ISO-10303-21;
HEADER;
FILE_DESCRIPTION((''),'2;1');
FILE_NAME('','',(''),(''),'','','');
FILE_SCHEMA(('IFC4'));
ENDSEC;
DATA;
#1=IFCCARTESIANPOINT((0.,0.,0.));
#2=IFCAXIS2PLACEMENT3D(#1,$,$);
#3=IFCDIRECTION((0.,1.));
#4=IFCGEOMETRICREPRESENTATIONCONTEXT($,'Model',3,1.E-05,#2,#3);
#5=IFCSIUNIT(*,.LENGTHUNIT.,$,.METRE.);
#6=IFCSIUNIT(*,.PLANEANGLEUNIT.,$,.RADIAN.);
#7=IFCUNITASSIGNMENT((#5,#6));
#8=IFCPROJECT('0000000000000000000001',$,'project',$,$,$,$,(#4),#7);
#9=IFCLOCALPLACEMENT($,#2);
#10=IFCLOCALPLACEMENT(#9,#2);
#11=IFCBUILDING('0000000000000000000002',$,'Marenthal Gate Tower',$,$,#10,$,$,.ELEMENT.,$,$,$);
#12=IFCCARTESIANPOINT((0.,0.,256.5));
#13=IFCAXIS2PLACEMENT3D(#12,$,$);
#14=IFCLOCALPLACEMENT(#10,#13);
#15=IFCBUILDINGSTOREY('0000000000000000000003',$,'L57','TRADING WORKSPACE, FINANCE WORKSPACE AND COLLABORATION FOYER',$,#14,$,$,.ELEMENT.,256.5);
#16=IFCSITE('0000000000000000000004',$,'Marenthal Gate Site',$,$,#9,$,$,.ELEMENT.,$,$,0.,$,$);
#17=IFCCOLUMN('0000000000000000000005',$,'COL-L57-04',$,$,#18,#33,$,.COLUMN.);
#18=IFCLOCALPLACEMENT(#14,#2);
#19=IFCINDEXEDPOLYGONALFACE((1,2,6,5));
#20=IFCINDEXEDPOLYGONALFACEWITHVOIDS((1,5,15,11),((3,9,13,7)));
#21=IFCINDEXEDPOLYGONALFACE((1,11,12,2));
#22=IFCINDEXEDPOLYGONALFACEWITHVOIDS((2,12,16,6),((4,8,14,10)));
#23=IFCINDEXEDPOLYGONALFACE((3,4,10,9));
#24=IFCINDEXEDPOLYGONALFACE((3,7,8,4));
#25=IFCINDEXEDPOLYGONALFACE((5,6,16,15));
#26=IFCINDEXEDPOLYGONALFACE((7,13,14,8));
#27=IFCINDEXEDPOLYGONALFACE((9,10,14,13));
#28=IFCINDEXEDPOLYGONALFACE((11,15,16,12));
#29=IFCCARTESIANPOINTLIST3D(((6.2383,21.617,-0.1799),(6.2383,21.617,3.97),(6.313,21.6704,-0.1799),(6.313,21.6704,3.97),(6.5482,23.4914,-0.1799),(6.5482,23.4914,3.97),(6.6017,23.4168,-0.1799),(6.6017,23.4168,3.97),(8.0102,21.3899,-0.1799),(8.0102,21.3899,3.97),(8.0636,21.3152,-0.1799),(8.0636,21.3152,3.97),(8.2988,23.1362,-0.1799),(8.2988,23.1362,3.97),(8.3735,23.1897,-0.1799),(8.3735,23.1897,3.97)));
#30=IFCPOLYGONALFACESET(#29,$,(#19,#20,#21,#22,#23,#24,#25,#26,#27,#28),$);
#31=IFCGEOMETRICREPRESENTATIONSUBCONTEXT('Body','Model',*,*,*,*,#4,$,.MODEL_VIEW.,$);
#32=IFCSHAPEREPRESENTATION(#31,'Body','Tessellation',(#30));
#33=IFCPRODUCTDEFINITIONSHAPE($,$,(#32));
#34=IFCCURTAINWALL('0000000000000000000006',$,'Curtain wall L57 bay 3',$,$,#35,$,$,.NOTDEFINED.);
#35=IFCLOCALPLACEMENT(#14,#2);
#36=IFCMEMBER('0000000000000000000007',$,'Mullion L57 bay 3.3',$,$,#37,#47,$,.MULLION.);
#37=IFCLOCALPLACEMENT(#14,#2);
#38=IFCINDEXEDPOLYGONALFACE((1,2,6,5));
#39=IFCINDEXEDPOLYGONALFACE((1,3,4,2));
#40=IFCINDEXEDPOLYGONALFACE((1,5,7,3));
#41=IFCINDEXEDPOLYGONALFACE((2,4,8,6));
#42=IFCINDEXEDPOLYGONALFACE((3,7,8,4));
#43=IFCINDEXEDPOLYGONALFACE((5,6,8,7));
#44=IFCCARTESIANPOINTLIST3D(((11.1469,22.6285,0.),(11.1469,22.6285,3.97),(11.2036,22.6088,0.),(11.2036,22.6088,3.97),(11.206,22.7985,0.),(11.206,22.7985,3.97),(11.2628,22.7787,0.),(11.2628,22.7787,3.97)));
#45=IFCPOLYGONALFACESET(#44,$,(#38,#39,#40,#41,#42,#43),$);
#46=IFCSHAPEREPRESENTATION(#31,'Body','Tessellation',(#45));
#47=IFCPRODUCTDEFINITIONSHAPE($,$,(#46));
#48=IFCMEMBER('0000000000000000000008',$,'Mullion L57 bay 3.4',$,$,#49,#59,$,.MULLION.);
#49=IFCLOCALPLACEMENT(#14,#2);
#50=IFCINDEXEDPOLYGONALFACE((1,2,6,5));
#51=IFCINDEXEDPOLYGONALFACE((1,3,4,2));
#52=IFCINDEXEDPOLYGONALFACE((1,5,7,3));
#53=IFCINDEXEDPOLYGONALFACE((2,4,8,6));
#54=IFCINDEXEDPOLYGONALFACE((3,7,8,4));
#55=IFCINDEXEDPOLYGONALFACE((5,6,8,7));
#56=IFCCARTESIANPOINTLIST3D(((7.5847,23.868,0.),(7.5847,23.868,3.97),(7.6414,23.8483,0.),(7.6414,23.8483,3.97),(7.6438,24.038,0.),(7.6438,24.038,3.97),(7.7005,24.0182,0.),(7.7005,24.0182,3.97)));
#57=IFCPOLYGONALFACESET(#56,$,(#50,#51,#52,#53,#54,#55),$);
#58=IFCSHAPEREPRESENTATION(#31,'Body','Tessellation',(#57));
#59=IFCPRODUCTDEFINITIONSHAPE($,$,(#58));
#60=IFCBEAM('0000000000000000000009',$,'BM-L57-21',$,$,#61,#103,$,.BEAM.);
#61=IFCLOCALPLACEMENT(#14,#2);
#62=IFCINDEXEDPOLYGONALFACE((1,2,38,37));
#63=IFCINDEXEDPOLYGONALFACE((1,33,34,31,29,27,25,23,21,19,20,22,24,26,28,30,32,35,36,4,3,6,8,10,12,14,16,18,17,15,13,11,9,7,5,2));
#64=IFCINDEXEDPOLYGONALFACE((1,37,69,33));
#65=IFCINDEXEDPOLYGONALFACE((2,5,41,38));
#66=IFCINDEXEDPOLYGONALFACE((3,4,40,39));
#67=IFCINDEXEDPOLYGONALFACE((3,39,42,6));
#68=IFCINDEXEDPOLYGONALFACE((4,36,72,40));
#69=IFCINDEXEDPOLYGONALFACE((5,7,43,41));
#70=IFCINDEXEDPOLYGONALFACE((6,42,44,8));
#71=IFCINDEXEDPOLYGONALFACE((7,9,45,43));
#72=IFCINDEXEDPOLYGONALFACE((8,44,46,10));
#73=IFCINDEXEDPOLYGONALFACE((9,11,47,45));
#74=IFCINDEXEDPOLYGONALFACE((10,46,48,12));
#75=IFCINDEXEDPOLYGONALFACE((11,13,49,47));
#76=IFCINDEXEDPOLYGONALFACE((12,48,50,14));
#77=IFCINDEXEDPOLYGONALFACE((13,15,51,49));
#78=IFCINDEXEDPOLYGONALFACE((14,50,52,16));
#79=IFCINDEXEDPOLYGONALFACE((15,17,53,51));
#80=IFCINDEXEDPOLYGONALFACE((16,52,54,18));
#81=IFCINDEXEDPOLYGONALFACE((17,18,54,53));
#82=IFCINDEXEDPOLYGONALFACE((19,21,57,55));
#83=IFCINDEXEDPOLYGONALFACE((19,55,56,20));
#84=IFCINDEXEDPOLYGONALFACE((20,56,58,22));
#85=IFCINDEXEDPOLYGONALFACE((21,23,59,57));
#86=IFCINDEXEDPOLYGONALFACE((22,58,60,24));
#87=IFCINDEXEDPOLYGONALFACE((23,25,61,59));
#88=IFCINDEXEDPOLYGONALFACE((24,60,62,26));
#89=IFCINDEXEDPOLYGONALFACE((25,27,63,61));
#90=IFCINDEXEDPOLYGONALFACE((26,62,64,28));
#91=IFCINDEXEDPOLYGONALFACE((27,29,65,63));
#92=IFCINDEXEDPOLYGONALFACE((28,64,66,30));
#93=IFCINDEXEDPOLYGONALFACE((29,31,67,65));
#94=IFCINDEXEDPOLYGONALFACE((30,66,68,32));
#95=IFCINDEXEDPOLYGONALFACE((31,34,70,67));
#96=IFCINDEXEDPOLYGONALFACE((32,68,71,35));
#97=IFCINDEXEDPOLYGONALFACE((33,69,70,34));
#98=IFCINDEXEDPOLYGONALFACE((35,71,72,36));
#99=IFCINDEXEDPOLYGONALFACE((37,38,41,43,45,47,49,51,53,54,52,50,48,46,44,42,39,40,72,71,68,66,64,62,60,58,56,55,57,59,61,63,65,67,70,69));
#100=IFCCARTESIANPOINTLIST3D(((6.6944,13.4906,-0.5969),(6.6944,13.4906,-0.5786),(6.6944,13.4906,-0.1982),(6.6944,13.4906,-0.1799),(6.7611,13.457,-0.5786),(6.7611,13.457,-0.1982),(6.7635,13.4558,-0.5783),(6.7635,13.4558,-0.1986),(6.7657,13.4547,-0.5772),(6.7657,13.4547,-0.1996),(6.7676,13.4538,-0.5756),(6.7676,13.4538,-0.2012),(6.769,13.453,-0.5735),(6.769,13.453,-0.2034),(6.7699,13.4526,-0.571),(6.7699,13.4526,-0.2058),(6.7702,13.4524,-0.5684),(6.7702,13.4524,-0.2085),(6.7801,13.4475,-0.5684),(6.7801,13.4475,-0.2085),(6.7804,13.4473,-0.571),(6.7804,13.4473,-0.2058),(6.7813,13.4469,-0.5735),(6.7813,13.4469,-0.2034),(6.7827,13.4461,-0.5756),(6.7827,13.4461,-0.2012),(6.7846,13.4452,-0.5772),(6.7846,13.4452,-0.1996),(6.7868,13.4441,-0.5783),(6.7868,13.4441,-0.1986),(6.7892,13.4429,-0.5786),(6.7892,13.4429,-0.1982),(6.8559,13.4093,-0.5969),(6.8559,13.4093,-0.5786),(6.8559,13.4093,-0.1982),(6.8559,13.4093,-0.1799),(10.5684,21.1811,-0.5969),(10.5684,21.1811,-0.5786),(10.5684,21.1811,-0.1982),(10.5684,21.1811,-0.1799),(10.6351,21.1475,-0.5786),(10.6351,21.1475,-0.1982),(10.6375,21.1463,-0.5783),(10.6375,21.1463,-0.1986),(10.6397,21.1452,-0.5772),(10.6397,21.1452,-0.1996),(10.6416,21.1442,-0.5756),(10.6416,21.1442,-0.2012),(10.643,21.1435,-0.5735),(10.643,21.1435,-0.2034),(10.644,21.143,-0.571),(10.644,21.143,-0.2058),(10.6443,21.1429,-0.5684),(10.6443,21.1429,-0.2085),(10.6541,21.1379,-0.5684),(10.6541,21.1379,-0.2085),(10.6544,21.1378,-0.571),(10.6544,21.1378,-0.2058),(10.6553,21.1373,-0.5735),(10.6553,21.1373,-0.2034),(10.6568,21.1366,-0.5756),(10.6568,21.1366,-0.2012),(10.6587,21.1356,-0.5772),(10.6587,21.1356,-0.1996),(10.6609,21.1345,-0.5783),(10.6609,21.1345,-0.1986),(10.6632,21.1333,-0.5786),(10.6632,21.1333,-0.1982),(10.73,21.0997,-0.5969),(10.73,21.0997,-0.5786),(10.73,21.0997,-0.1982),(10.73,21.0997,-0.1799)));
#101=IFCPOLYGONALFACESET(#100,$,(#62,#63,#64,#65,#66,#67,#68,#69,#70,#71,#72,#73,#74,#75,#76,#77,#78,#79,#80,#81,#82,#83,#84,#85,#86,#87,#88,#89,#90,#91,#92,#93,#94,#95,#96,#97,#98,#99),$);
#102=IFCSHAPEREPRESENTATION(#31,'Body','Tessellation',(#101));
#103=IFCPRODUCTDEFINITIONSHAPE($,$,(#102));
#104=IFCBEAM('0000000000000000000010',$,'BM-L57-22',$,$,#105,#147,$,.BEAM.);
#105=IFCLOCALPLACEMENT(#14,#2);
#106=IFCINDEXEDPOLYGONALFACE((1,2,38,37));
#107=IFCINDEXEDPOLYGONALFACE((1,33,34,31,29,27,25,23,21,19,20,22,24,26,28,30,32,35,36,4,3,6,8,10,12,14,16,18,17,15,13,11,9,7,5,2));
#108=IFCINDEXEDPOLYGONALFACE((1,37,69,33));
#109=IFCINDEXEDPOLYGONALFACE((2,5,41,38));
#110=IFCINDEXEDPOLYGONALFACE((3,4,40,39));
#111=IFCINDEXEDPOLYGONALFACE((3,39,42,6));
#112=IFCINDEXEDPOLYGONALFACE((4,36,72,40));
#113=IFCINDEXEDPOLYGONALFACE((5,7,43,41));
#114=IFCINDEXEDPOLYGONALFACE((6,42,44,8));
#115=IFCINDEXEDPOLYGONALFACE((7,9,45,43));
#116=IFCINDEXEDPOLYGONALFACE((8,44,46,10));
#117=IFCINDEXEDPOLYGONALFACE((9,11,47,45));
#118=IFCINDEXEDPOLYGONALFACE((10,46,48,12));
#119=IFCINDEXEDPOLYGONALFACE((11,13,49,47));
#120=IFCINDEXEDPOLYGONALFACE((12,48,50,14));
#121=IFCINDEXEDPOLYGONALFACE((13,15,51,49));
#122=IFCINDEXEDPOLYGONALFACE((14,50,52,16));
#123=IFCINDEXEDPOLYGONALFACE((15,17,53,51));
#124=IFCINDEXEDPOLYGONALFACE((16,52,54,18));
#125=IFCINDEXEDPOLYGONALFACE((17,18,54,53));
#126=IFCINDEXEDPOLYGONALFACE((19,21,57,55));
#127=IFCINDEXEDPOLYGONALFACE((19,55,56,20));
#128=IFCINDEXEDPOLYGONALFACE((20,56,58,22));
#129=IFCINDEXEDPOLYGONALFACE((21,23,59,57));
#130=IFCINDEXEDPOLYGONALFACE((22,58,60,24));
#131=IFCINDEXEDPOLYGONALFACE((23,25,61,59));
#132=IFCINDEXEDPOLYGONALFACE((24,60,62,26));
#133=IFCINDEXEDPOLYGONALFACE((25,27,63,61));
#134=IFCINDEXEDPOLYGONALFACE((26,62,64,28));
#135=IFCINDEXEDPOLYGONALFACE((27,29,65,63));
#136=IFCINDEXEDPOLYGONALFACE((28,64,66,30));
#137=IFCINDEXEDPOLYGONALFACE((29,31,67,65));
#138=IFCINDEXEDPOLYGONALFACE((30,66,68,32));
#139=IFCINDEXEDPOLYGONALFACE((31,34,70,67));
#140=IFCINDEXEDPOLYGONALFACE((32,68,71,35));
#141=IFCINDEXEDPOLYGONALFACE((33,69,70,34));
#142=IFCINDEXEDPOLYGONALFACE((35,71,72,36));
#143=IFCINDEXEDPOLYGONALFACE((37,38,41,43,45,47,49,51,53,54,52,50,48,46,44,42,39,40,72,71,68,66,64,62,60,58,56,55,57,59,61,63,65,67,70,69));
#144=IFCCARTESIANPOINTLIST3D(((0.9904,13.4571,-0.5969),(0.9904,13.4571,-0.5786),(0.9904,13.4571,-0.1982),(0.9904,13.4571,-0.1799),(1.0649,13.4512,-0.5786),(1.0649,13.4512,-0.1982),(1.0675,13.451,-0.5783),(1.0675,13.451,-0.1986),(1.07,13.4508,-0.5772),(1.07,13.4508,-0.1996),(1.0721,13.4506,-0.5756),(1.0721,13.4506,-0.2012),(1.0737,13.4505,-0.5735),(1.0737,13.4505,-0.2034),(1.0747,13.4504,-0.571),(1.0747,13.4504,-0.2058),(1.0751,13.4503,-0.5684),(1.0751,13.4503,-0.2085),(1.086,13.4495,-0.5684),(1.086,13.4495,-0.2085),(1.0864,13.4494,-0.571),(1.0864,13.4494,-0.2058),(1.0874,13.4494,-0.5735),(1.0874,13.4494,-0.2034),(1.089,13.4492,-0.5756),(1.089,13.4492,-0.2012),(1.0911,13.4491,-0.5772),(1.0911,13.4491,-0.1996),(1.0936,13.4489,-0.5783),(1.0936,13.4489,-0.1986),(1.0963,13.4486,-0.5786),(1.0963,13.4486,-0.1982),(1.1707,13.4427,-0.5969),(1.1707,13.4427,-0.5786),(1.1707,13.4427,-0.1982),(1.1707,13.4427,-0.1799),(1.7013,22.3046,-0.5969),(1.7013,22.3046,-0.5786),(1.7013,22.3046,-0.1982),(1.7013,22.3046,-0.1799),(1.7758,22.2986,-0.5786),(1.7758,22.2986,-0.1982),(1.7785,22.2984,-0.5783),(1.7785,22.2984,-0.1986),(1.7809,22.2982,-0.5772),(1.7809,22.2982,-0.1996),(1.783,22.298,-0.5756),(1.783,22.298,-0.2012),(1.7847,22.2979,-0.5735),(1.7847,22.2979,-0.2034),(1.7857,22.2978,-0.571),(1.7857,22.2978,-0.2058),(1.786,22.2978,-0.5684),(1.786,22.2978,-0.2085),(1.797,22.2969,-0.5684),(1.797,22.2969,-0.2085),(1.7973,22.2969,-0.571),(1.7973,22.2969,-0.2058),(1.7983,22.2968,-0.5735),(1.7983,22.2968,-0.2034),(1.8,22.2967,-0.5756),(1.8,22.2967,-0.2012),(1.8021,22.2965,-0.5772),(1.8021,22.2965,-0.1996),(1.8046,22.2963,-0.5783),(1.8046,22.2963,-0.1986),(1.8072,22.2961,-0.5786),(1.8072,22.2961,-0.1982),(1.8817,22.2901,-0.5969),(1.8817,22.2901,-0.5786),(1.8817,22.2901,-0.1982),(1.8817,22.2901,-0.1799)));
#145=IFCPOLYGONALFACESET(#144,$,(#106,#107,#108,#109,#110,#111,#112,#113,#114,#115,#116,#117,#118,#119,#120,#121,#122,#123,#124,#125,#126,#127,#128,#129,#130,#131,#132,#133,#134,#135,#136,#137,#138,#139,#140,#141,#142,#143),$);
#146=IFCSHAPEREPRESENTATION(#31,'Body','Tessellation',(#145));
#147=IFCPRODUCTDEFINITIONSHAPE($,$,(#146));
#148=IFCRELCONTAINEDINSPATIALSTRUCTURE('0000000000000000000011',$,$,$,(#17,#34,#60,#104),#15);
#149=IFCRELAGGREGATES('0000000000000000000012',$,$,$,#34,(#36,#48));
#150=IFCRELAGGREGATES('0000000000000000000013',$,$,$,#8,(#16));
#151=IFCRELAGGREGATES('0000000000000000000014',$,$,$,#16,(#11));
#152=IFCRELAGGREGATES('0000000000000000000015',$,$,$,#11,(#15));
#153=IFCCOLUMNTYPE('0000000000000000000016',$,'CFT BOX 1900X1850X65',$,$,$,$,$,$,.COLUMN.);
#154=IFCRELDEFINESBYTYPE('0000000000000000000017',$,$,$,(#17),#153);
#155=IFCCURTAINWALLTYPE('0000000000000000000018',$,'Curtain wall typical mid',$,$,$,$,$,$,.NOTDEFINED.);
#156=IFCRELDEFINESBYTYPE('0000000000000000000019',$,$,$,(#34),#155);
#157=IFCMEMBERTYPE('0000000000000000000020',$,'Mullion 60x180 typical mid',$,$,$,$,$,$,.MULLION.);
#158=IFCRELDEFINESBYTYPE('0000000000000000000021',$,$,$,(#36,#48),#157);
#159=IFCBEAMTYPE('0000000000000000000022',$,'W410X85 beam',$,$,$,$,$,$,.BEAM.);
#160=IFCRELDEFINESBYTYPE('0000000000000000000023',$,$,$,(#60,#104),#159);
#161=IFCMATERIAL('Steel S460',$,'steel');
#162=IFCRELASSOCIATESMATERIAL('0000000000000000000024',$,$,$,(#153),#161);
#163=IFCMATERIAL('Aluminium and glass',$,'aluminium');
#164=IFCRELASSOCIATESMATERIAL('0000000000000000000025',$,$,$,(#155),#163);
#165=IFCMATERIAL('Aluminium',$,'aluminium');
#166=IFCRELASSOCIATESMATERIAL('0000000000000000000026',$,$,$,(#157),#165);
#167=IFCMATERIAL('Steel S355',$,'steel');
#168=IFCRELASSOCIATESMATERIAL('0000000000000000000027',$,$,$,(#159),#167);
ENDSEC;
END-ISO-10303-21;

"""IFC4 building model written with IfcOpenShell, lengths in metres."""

from ifc_helpers import new_model, si_unit, direction, frame, origin, origin_2d, place, context, subcontext, project, spatial, rectangle, hollow_rectangle, i_section, extrude, material, material_profile, profile_set, type_object, element, aggregate, save


model = new_model("IFC4")

# Units and contexts
model_context = context("Model", 3, precision=1e-05, world=origin(), true_north=direction((0.0, 1.0)))
body_context = subcontext(model_context, "Body", "Model", "MODEL_VIEW")
ifc_project = project(units=[si_unit("LENGTHUNIT", "METRE"), si_unit("PLANEANGLEUNIT", "RADIAN")], contexts=[model_context])

# Site, building, storey
site_placement = place(None, origin())
site = spatial("IfcSite", under=ifc_project, at=site_placement, Name="Marenthal Gate Site", CompositionType="ELEMENT", RefElevation=0.0)
building_placement = place(site_placement, origin())
building = spatial("IfcBuilding", under=site, at=building_placement, Name="Marenthal Gate Tower", CompositionType="ELEMENT")
storey_placement = place(building_placement, frame((0.0, 0.0, 256.5)))
storey = spatial("IfcBuildingStorey", under=building, at=storey_placement, Name="L57", Description="TRADING WORKSPACE, FINANCE WORKSPACE AND COLLABORATION FOYER", CompositionType="ELEMENT", Elevation=256.5)

# Column
ifc_material_1 = material(Name="Steel S460", Category="steel")
ifc_material_profile_1 = material_profile(ifc_material_1, hollow_rectangle(XDim=1.8501, YDim=1.8999, WallThickness=0.0649, at=origin_2d()), Name="CFT BOX 1900X1850X65")
ifc_material_2 = material(Name="Concrete 70 MPa", Category="concrete")
ifc_material_profile_2 = material_profile(ifc_material_2, rectangle(XDim=1.72, YDim=1.77, at=origin_2d()), Name="CFT BOX 1900X1850X65 INFILL")
ifc_profile_set_1 = profile_set([ifc_material_profile_1, ifc_material_profile_2], Name="Steel S460 shell, Concrete 70 MPa infill")
column_type = type_object("IfcColumnType", Name="CFT BOX 1900X1850X65", PredefinedType="COLUMN", material=ifc_profile_set_1)
column_placement = place(storey_placement, frame((7.3059, 22.4033, -0.1799), z_axis=(0.0, 0.0, 1.0), x_axis=(0.986611, -0.163088, 0.0)))
element("IfcColumn", 1, at=column_placement, inside=storey, type_object=column_type, Name="COL-L57-04", PredefinedType="COLUMN", context=body_context, shape_type="SweptSolid", body=[
    extrude(hollow_rectangle(XDim=1.8501, YDim=1.8999, WallThickness=0.0649, at=origin_2d()), origin(), (0.0, 0.0, 1.0), 4.1499),
])

# Curtain wall, members
ifc_material_3 = material(Name="Aluminium and glass", Category="aluminium")
curtain_wall_type = type_object("IfcCurtainWallType", Name="Curtain wall typical mid", PredefinedType="NOTDEFINED", material=ifc_material_3)
curtain_wall_placement = place(storey_placement, origin())
curtain_wall = element("IfcCurtainWall", 2, at=curtain_wall_placement, inside=storey, type_object=curtain_wall_type, Name="Curtain wall L57 bay 3", PredefinedType="NOTDEFINED")
ifc_material_4 = material(Name="Aluminium", Category="aluminium")
ifc_material_profile_3 = material_profile(ifc_material_4, rectangle(XDim=0.1799, YDim=0.0601, at=origin_2d()), Name="60x180 aluminium mullion")
ifc_profile_set_2 = profile_set([ifc_material_profile_3], Name="Aluminium")
member_type = type_object("IfcMemberType", Name="Mullion 60x180 typical mid", PredefinedType="MULLION", material=ifc_profile_set_2)
member_1_placement = place(storey_placement, frame((11.2048, 22.7036, 0.0), z_axis=(0.0, 0.0, 1.0), x_axis=(-0.328612, -0.944465, 0.0)))
member_1 = element("IfcMember", 3, at=member_1_placement, type_object=member_type, Name="Mullion L57 bay 3.3", PredefinedType="MULLION", context=body_context, shape_type="SweptSolid", body=[
    extrude(rectangle(XDim=0.1799, YDim=0.0601, at=origin_2d()), origin(), (0.0, 0.0, 1.0), 3.97),
])
member_2_placement = place(storey_placement, frame((7.6426, 23.9431, 0.0), z_axis=(0.0, 0.0, 1.0), x_axis=(-0.328612, -0.944465, 0.0)))
member_2 = element("IfcMember", 4, at=member_2_placement, type_object=member_type, Name="Mullion L57 bay 3.4", PredefinedType="MULLION", context=body_context, shape_type="SweptSolid", body=[
    extrude(rectangle(XDim=0.1799, YDim=0.0601, at=origin_2d()), origin(), (0.0, 0.0, 1.0), 3.97),
])

# Beams
ifc_material_5 = material(Name="Steel S355", Category="steel")
ifc_material_profile_4 = material_profile(ifc_material_5, i_section(OverallWidth=0.1809, OverallDepth=0.417, WebThickness=0.011, FlangeThickness=0.0183, FilletRadius=0.0103, at=origin_2d()), Name="W410X85")
ifc_profile_set_3 = profile_set([ifc_material_profile_4], Name="Steel S355")
beam_type_1 = type_object("IfcBeamType", Name="W410X85 beam", PredefinedType="BEAM", material=ifc_profile_set_3)
beam_1_placement = place(storey_placement, frame((10.6492, 21.1404, -0.3884), z_axis=(-0.449888, -0.893085, 0.0), x_axis=(0.893085, -0.449888, 0.0)))
element("IfcBeam", 5, at=beam_1_placement, inside=storey, type_object=beam_type_1, Name="BM-L57-21", PredefinedType="BEAM", context=body_context, shape_type="SweptSolid", body=[
    extrude(i_section(OverallWidth=0.1809, OverallDepth=0.417, WebThickness=0.011, FlangeThickness=0.0183, FilletRadius=0.0103, at=origin_2d()), origin(), (0.0, 0.0, 1.0), 8.6111),
])
beam_2_placement = place(storey_placement, frame((1.7915, 22.2974, -0.3884), z_axis=(-0.080097, -0.996787, 0.0), x_axis=(0.996787, -0.080097, 0.0)))
element("IfcBeam", 6, at=beam_2_placement, inside=storey, type_object=beam_type_1, Name="BM-L57-22", PredefinedType="BEAM", context=body_context, shape_type="SweptSolid", body=[
    extrude(i_section(OverallWidth=0.1809, OverallDepth=0.417, WebThickness=0.011, FlangeThickness=0.0183, FilletRadius=0.0103, at=origin_2d()), origin(), (0.0, 0.0, 1.0), 8.876),
])

aggregate(curtain_wall, [member_1, member_2])

save(model, "model.ifc")
